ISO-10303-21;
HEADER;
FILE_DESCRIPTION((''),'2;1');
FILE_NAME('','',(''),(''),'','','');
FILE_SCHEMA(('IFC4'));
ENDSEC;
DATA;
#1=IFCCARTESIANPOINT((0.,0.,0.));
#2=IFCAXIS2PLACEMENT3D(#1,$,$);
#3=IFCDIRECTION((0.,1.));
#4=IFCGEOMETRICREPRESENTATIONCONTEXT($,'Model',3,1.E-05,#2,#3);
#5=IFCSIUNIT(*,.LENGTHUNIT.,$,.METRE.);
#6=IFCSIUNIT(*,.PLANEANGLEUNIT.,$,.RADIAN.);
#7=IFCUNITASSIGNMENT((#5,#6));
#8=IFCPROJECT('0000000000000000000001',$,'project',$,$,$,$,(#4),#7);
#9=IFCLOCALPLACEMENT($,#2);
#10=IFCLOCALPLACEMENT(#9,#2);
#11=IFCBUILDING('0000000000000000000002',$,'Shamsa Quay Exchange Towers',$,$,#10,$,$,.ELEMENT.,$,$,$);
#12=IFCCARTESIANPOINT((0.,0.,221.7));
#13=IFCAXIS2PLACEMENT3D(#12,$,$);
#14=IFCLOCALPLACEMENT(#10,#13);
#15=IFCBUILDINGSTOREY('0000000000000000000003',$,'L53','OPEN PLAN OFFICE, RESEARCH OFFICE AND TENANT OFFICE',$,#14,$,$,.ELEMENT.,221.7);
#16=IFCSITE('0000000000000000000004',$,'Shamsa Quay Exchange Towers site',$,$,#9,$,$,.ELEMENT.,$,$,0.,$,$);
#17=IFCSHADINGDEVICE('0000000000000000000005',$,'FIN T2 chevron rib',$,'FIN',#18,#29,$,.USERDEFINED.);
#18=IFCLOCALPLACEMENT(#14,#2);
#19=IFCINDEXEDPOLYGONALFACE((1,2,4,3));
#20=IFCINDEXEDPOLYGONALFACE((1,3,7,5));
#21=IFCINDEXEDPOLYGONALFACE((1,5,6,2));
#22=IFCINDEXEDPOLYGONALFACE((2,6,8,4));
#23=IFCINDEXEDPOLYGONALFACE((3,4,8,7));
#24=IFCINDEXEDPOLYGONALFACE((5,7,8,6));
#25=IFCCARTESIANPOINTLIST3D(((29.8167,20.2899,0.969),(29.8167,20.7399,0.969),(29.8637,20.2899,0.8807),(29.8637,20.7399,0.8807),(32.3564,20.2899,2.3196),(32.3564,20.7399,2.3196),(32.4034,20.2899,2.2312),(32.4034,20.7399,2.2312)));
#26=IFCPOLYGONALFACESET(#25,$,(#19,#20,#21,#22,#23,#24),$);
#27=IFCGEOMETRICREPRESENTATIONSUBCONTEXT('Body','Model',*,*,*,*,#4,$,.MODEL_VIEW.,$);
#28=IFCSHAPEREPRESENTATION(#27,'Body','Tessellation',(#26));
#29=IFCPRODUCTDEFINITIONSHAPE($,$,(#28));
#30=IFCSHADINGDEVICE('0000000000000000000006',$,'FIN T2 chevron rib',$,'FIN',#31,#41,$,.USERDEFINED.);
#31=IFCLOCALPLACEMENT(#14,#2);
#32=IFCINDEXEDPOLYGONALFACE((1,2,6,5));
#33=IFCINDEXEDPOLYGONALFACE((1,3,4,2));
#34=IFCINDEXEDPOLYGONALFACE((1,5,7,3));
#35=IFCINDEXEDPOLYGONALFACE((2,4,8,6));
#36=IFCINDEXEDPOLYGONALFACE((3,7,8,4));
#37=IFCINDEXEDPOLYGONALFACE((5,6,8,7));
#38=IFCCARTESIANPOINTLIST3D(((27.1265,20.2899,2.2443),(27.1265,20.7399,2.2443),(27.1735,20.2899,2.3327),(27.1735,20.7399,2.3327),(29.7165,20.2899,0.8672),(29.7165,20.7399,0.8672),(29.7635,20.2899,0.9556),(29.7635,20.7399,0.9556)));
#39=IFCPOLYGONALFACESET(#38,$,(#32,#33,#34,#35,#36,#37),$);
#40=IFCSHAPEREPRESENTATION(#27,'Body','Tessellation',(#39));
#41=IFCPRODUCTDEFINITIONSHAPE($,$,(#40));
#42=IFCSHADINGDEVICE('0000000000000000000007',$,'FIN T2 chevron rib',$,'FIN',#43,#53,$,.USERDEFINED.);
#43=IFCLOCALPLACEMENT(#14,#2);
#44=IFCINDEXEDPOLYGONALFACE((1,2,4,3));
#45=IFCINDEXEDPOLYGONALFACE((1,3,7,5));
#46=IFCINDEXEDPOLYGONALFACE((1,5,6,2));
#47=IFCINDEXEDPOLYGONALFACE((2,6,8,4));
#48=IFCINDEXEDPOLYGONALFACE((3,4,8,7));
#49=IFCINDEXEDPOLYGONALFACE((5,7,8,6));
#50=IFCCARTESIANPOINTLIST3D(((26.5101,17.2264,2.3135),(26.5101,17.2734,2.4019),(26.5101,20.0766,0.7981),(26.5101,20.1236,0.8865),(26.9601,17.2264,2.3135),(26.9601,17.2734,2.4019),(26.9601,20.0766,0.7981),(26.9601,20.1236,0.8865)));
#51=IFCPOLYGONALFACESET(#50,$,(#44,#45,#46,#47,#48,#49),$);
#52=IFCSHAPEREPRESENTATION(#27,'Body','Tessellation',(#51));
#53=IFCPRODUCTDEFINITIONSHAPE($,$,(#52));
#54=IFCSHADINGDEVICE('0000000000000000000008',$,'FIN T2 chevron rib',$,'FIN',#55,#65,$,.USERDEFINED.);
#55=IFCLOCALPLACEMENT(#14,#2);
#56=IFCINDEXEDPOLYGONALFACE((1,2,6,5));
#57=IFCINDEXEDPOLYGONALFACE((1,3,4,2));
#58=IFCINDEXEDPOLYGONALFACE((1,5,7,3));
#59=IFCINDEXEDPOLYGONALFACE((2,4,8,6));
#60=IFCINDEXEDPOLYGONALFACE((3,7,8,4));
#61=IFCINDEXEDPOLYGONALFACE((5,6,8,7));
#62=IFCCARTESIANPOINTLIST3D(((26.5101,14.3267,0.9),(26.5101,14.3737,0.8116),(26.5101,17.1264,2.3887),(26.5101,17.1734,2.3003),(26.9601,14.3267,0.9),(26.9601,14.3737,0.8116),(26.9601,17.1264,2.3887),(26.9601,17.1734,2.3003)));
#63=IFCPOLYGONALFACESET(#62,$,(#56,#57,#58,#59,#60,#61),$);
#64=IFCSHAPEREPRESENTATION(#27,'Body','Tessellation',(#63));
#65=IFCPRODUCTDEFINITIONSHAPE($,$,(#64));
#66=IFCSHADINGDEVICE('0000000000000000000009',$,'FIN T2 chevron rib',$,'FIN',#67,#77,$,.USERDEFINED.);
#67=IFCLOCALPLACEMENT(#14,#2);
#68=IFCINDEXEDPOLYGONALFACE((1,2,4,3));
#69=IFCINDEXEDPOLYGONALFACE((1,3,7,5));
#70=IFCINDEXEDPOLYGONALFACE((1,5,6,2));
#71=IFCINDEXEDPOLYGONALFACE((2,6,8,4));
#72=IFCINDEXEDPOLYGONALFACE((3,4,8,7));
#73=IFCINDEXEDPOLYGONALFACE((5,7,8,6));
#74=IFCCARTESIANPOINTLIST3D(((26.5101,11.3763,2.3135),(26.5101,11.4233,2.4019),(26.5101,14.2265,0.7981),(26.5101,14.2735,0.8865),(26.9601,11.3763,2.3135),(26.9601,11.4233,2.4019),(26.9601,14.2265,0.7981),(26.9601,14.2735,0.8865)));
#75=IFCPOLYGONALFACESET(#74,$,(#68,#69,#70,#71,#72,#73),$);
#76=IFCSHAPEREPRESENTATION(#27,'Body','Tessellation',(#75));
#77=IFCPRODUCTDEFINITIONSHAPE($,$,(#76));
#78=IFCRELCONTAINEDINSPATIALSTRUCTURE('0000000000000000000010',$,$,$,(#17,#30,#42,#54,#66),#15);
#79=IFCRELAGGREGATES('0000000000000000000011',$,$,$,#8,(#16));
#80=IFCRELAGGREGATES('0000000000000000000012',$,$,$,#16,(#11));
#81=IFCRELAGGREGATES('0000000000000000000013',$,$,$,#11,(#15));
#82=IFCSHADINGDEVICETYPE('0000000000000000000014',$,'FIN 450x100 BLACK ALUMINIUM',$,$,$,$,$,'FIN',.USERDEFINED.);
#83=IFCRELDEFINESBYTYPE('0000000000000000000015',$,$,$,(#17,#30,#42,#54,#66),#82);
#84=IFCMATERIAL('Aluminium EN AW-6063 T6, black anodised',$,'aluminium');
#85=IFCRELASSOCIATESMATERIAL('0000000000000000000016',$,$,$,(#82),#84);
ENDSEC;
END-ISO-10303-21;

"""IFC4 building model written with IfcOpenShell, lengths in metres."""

from ifc_helpers import new_model, si_unit, direction, frame, origin, origin_2d, place, context, subcontext, project, spatial, rectangle, extrude, material, material_profile, profile_set, type_object, element, save


model = new_model("IFC4")

# Units and contexts
model_context = context("Model", 3, precision=1e-05, world=origin(), true_north=direction((0.0, 1.0)))
body_context = subcontext(model_context, "Body", "Model", "MODEL_VIEW")
ifc_project = project(units=[si_unit("LENGTHUNIT", "METRE"), si_unit("PLANEANGLEUNIT", "RADIAN")], contexts=[model_context])

# Site, building, storey
site_placement = place(None, origin())
site = spatial("IfcSite", under=ifc_project, at=site_placement, Name="Shamsa Quay Exchange Towers site", CompositionType="ELEMENT", RefElevation=0.0)
building_placement = place(site_placement, origin())
building = spatial("IfcBuilding", under=site, at=building_placement, Name="Shamsa Quay Exchange Towers", CompositionType="ELEMENT")
storey_placement = place(building_placement, frame((0.0, 0.0, 221.7)))
storey = spatial("IfcBuildingStorey", under=building, at=storey_placement, Name="L53", Description="OPEN PLAN OFFICE, RESEARCH OFFICE AND TENANT OFFICE", CompositionType="ELEMENT", Elevation=221.7)

# Shared definitions
ifc_material_1 = material(Name="Aluminium EN AW-6063 T6, black anodised", Category="aluminium")

# Shading devices
ifc_material_profile_1 = material_profile(ifc_material_1, rectangle(XDim=0.45, YDim=0.1001, at=origin_2d()), Name="FIN450x100")
ifc_profile_set_1 = profile_set([ifc_material_profile_1], Name="Aluminium EN AW-6063 T6, black anodised")
shading_device_type = type_object("IfcShadingDeviceType", Name="FIN 450x100 BLACK ALUMINIUM", ElementType="FIN", PredefinedType="USERDEFINED", material=ifc_profile_set_1)
shading_device_1_placement = place(storey_placement, frame((32.3799, 20.5149, 2.2754), z_axis=(-0.882926, 0.0, -0.469513), x_axis=(0.0, -1.0, 0.0)))
element("IfcShadingDevice", 1, at=shading_device_1_placement, inside=storey, type_object=shading_device_type, Name="FIN T2 chevron rib", ObjectType="FIN", PredefinedType="USERDEFINED", context=body_context, shape_type="SweptSolid", body=[
    extrude(rectangle(XDim=0.45, YDim=0.1001, at=origin_2d()), origin(), (0.0, 0.0, 1.0), 2.8765),
])
shading_device_2_placement = place(storey_placement, frame((29.74, 20.5149, 0.9114), z_axis=(-0.882944, 0.0, 0.469478), x_axis=(0.0, -1.0, 0.0)))
element("IfcShadingDevice", 2, at=shading_device_2_placement, inside=storey, type_object=shading_device_type, Name="FIN T2 chevron rib", ObjectType="FIN", PredefinedType="USERDEFINED", context=body_context, shape_type="SweptSolid", body=[
    extrude(rectangle(XDim=0.45, YDim=0.1001, at=origin_2d()), origin(), (0.0, 0.0, 1.0), 2.9333),
])
shading_device_3_placement = place(storey_placement, frame((26.7351, 20.1001, 0.8423), z_axis=(0.0, -0.882953, 0.469461), x_axis=(1.0, 0.0, 0.0)))
element("IfcShadingDevice", 3, at=shading_device_3_placement, inside=storey, type_object=shading_device_type, Name="FIN T2 chevron rib", ObjectType="FIN", PredefinedType="USERDEFINED", context=body_context, shape_type="SweptSolid", body=[
    extrude(rectangle(XDim=0.45, YDim=0.1001, at=origin_2d()), origin(), (0.0, 0.0, 1.0), 3.228),
])
shading_device_4_placement = place(storey_placement, frame((26.7351, 17.1499, 2.3445), z_axis=(0.0, -0.882936, -0.469493), x_axis=(1.0, 0.0, 0.0)))
element("IfcShadingDevice", 4, at=shading_device_4_placement, inside=storey, type_object=shading_device_type, Name="FIN T2 chevron rib", ObjectType="FIN", PredefinedType="USERDEFINED", context=body_context, shape_type="SweptSolid", body=[
    extrude(rectangle(XDim=0.45, YDim=0.1001, at=origin_2d()), origin(), (0.0, 0.0, 1.0), 3.1709),
])
shading_device_5_placement = place(storey_placement, frame((26.7351, 14.25, 0.8423), z_axis=(0.0, -0.882953, 0.469461), x_axis=(1.0, 0.0, 0.0)))
element("IfcShadingDevice", 5, at=shading_device_5_placement, inside=storey, type_object=shading_device_type, Name="FIN T2 chevron rib", ObjectType="FIN", PredefinedType="USERDEFINED", context=body_context, shape_type="SweptSolid", body=[
    extrude(rectangle(XDim=0.45, YDim=0.1001, at=origin_2d()), origin(), (0.0, 0.0, 1.0), 3.228),
])

save(model, "model.ifc")
